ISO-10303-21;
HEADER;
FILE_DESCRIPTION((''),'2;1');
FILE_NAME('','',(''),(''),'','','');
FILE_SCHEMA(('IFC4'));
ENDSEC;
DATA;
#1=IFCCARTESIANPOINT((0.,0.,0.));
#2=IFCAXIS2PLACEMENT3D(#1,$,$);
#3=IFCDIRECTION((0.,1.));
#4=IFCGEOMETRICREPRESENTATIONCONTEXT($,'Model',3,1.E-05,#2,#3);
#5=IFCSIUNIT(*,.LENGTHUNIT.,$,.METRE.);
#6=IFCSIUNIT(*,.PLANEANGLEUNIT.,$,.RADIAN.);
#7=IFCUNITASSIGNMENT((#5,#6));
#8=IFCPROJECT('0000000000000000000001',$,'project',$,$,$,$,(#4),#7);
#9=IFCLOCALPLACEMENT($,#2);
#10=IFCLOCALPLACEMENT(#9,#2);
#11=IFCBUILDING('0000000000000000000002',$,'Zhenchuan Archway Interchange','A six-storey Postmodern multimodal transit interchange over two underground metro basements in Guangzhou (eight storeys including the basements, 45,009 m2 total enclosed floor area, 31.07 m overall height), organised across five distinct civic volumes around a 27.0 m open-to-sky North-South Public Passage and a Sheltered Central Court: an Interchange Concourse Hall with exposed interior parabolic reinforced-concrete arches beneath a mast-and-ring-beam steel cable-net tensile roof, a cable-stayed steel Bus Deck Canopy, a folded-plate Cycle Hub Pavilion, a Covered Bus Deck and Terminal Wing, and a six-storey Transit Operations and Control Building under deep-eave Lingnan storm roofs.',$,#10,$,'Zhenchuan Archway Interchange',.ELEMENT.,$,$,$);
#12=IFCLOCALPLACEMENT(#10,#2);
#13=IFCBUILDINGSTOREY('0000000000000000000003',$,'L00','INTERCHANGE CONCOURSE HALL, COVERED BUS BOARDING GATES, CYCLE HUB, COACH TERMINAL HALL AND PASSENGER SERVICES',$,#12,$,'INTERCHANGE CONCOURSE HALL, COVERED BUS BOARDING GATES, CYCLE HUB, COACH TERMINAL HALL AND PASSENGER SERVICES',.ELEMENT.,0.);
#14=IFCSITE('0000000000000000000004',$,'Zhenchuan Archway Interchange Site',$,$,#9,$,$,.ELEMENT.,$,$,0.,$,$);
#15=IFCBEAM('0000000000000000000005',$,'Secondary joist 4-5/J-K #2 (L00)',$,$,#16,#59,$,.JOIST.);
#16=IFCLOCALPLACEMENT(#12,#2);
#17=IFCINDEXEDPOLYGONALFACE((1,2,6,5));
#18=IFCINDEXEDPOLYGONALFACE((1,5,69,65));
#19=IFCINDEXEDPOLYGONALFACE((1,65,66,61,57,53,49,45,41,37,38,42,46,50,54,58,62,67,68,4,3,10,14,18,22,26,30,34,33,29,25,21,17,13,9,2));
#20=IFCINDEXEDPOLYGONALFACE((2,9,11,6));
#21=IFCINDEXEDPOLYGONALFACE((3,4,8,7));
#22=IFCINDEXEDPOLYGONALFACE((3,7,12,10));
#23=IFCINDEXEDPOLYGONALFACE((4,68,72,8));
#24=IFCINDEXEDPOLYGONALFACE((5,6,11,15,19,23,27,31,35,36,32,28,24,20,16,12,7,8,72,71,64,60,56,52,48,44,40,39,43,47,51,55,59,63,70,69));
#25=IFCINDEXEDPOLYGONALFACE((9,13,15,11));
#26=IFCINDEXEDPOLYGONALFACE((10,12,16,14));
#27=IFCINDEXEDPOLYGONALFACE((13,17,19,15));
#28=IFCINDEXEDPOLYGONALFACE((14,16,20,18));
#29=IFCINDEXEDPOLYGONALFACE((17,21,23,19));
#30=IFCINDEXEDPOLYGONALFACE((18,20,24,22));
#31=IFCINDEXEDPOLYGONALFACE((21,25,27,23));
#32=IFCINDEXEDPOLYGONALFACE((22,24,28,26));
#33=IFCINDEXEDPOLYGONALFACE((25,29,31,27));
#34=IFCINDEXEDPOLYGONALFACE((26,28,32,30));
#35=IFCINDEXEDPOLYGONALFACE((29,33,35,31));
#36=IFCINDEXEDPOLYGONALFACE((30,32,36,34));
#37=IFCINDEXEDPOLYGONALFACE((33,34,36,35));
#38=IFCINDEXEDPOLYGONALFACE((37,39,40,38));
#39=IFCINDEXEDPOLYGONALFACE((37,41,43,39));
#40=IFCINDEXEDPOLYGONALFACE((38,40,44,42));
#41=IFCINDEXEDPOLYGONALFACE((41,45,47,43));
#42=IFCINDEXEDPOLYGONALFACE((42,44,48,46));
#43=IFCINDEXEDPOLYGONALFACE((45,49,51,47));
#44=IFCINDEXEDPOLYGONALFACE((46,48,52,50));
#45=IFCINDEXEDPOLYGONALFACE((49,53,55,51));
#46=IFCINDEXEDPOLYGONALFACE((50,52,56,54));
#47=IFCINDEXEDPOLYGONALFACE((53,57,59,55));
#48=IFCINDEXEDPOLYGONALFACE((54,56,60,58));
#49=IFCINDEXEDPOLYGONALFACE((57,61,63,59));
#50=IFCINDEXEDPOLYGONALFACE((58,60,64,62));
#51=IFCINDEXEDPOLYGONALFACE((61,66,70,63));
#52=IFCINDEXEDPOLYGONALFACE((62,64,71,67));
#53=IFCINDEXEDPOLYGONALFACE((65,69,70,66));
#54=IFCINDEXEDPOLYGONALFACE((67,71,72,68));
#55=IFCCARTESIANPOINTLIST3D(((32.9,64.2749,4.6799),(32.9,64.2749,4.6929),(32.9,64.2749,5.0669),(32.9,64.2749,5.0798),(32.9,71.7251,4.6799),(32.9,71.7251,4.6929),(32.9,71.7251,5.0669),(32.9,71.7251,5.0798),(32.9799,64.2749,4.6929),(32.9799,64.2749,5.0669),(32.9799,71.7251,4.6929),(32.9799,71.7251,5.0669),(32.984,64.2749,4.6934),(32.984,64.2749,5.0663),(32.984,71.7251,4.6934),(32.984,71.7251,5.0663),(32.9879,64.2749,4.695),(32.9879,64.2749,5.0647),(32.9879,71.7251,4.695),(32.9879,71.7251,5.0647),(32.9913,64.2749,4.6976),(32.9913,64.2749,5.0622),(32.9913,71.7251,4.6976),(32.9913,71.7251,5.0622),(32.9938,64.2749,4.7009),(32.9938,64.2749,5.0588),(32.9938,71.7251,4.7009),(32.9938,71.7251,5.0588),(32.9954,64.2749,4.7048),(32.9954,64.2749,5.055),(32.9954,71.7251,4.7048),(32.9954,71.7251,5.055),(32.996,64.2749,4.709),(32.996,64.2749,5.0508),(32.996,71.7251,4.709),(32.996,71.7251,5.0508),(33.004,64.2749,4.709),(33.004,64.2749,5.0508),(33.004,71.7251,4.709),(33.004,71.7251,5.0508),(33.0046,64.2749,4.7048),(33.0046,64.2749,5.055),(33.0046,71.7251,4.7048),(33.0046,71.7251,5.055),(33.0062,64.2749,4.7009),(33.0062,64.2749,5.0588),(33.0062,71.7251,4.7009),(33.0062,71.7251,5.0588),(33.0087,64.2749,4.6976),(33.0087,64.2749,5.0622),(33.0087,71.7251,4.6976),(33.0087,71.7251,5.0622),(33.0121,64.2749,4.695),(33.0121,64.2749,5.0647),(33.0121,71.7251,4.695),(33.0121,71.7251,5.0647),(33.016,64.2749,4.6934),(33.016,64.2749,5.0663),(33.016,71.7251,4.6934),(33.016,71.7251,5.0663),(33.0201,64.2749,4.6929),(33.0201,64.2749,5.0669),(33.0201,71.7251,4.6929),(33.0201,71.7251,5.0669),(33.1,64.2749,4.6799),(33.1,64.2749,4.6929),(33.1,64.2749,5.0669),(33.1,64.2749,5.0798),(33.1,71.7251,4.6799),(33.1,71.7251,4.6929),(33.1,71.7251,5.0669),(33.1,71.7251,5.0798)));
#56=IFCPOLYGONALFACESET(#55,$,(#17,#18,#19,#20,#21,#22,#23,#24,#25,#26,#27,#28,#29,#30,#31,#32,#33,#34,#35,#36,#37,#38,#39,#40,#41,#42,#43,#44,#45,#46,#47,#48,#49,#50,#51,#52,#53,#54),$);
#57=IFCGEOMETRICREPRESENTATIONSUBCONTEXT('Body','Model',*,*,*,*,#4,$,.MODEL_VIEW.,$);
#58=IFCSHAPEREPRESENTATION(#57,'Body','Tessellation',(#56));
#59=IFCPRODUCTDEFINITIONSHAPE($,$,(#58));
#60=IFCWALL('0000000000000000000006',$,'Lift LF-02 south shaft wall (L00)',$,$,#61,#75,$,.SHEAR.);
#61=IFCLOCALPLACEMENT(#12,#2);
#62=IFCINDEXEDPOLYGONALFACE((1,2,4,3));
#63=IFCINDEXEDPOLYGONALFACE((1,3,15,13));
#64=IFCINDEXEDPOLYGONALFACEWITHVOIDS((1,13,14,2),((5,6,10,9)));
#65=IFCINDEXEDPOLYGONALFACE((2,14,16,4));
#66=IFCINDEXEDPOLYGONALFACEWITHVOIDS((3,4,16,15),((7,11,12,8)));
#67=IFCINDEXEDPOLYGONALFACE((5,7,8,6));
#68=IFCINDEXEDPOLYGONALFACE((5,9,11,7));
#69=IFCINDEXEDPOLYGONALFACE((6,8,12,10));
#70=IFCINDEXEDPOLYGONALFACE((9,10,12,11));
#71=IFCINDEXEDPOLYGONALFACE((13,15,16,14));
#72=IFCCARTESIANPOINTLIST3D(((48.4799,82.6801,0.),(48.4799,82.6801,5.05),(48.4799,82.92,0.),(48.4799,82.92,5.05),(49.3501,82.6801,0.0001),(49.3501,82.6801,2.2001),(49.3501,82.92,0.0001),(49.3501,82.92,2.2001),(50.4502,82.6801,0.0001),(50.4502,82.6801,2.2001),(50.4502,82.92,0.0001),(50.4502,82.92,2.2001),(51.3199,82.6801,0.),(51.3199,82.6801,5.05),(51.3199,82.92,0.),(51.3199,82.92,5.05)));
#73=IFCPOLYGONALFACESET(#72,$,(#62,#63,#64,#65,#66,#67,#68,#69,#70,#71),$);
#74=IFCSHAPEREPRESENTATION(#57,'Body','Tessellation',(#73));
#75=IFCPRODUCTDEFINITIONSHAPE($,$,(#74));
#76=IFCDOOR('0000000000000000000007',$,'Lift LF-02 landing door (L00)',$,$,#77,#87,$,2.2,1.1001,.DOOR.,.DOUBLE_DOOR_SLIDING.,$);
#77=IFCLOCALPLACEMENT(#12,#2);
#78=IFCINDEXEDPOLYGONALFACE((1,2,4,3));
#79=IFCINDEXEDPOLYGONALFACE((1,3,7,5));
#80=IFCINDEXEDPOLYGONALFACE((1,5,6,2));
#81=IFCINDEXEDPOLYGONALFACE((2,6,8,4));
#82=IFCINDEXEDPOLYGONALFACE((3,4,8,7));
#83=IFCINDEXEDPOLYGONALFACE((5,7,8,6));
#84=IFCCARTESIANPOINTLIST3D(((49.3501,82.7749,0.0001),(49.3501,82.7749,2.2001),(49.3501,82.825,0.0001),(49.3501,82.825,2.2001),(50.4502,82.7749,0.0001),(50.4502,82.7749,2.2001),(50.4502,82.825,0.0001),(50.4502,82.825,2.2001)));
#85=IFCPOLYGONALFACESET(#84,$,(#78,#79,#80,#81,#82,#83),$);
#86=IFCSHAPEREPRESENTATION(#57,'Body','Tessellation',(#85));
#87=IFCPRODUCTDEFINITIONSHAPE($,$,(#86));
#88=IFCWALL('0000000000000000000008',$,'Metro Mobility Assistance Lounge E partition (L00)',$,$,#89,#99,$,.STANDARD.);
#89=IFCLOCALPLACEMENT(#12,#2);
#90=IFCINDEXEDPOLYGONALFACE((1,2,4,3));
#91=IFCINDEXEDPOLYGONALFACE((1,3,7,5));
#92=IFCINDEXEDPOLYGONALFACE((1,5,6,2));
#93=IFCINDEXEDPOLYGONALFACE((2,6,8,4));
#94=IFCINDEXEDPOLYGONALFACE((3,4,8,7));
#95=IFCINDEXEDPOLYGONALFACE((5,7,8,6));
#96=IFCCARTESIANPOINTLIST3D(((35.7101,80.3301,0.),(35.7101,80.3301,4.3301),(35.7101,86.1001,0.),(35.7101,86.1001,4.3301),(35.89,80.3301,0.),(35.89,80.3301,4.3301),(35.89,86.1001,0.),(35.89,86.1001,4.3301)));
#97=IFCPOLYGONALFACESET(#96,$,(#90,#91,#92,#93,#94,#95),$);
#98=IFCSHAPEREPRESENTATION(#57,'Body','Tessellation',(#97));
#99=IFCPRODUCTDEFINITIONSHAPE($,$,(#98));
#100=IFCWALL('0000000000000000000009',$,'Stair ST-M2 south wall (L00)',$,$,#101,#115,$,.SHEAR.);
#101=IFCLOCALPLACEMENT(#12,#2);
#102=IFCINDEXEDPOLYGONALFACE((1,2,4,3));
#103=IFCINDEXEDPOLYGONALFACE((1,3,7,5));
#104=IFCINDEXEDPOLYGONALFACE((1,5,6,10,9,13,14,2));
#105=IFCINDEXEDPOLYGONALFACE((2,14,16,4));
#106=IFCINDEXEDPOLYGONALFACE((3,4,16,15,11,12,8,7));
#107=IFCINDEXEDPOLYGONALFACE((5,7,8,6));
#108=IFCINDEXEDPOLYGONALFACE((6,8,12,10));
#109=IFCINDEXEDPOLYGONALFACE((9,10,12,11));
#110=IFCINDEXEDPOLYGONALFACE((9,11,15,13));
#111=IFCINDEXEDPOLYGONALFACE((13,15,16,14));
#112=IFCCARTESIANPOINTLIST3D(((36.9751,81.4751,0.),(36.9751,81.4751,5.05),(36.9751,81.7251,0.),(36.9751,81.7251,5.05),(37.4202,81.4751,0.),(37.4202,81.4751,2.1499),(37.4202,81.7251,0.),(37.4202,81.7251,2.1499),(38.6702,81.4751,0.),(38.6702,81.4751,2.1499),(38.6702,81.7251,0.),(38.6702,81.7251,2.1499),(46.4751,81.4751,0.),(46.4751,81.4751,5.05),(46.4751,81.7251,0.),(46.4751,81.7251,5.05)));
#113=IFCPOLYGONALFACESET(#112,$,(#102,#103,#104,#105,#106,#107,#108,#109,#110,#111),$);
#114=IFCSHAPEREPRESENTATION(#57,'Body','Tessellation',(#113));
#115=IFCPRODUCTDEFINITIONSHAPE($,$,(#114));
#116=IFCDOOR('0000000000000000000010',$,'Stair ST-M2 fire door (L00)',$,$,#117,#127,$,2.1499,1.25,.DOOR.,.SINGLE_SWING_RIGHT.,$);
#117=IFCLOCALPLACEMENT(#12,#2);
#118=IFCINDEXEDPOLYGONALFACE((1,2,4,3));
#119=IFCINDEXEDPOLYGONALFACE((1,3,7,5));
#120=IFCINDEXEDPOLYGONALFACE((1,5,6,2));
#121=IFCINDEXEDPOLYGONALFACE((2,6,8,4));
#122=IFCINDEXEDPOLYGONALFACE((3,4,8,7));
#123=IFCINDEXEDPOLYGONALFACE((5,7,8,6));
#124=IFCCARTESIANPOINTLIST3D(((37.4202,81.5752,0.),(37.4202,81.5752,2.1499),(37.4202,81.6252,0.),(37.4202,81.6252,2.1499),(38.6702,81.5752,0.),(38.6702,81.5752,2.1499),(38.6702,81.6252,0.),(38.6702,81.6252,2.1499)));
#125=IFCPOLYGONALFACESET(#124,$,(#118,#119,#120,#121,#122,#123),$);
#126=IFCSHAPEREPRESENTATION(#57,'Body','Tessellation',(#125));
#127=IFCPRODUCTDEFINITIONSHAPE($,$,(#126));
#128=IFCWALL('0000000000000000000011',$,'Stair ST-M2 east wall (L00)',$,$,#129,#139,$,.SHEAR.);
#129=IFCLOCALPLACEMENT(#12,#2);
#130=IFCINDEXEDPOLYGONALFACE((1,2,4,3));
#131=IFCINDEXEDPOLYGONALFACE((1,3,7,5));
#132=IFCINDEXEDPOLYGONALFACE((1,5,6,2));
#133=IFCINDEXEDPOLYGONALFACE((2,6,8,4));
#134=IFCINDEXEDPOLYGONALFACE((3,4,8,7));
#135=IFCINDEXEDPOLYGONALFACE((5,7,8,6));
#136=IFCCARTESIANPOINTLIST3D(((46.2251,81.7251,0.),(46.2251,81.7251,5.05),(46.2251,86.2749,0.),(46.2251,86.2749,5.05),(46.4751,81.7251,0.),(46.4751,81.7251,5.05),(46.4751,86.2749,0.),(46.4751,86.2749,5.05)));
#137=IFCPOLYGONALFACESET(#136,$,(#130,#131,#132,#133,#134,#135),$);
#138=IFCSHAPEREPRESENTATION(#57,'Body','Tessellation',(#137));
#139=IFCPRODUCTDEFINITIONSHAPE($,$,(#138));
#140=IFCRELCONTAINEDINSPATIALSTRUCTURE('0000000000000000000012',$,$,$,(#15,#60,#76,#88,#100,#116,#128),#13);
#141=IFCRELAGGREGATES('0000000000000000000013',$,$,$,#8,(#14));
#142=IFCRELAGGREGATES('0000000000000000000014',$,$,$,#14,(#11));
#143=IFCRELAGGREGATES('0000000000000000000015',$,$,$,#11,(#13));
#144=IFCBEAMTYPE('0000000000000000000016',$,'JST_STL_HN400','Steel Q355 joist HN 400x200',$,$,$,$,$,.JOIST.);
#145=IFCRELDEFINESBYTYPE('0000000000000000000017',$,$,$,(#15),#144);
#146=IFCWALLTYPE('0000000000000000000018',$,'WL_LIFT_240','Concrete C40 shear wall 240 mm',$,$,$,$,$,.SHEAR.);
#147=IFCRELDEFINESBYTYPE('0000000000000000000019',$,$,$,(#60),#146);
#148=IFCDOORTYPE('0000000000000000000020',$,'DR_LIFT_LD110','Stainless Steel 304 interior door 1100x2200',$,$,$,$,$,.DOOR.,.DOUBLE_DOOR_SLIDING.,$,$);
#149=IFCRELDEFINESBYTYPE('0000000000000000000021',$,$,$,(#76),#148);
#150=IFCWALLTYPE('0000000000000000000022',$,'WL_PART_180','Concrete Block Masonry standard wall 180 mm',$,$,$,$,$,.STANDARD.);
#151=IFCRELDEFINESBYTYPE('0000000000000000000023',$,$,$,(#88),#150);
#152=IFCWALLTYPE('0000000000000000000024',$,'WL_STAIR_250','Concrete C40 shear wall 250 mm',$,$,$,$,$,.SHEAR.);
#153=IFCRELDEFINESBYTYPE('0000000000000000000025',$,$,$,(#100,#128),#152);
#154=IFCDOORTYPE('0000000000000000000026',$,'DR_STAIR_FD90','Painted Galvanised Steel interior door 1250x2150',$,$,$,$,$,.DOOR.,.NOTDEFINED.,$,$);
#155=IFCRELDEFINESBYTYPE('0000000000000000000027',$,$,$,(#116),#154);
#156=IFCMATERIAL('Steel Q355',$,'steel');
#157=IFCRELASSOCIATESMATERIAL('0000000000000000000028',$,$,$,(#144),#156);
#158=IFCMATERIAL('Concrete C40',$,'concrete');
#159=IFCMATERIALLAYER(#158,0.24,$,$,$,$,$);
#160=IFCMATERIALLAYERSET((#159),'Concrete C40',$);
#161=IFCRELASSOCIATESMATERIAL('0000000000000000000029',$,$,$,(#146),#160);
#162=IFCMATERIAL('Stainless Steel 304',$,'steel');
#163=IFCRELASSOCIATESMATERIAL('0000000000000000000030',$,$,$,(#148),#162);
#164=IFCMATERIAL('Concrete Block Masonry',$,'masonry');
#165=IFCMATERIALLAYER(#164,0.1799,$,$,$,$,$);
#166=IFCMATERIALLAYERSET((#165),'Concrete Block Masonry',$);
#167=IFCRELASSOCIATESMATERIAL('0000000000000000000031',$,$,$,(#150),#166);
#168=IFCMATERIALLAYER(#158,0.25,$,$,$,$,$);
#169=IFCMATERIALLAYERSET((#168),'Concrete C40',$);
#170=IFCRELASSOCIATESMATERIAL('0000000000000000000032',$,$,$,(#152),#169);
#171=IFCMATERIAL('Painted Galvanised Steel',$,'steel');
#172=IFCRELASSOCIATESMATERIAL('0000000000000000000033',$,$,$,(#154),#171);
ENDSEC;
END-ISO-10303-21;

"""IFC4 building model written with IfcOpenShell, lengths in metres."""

from ifc_helpers import new_model, si_unit, direction, frame, frame_2d, origin, origin_2d, place, context, subcontext, project, spatial, rectangle, i_section, extrude, material, layer, layer_set, material_profile, profile_set, type_object, element, fill, save


model = new_model("IFC4")

# Units and contexts
model_context = context("Model", 3, precision=1e-05, world=origin(), true_north=direction((0.0, 1.0)))
body_context = subcontext(model_context, "Body", "Model", "MODEL_VIEW")
ifc_project = project(units=[si_unit("LENGTHUNIT", "METRE"), si_unit("PLANEANGLEUNIT", "RADIAN")], contexts=[model_context])

# Site, building, storey
site_placement = place(None, origin())
site = spatial("IfcSite", under=ifc_project, at=site_placement, Name="Zhenchuan Archway Interchange Site", CompositionType="ELEMENT", RefElevation=0.0)
building_placement = place(site_placement, origin())
building = spatial("IfcBuilding", under=site, at=building_placement, Name="Zhenchuan Archway Interchange", Description="A six-storey Postmodern multimodal transit interchange over two underground metro basements in Guangzhou (eight storeys including the basements, 45,009 m2 total enclosed floor area, 31.07 m overall height), organised across five distinct civic volumes around a 27.0 m open-to-sky North-South Public Passage and a Sheltered Central Court: an Interchange Concourse Hall with exposed interior parabolic reinforced-concrete arches beneath a mast-and-ring-beam steel cable-net tensile roof, a cable-stayed steel Bus Deck Canopy, a folded-plate Cycle Hub Pavilion, a Covered Bus Deck and Terminal Wing, and a six-storey Transit Operations and Control Building under deep-eave Lingnan storm roofs.", LongName="Zhenchuan Archway Interchange", CompositionType="ELEMENT")
storey_placement = place(building_placement, origin())
storey = spatial("IfcBuildingStorey", under=building, at=storey_placement, Name="L00", Description="INTERCHANGE CONCOURSE HALL, COVERED BUS BOARDING GATES, CYCLE HUB, COACH TERMINAL HALL AND PASSENGER SERVICES", LongName="INTERCHANGE CONCOURSE HALL, COVERED BUS BOARDING GATES, CYCLE HUB, COACH TERMINAL HALL AND PASSENGER SERVICES", CompositionType="ELEMENT", Elevation=0.0)

# Shared definitions
ifc_material_1 = material(Name="Concrete C40", Category="concrete")

# Beam
ifc_material_2 = material(Name="Steel Q355", Category="steel")
ifc_material_profile_1 = material_profile(ifc_material_2, i_section(OverallWidth=0.2, OverallDepth=0.3999, WebThickness=0.0081, FlangeThickness=0.0129, FilletRadius=0.0161, at=origin_2d()), Name="HN 400x200")
ifc_profile_set_1 = profile_set([ifc_material_profile_1], Name="Steel Q355")
beam_type_1 = type_object("IfcBeamType", Name="JST_STL_HN400", Description="Steel Q355 joist HN 400x200", PredefinedType="JOIST", material=ifc_profile_set_1)
beam_1_placement = place(storey_placement, frame((33.0, 64.2749, 4.8799), z_axis=(0.0, 1.0, 0.0), x_axis=(-1.0, 0.0, 0.0)))
element("IfcBeam", 1, at=beam_1_placement, inside=storey, type_object=beam_type_1, Name="Secondary joist 4-5/J-K #2 (L00)", PredefinedType="JOIST", context=body_context, shape_type="SweptSolid", body=[
    extrude(i_section(OverallWidth=0.2, OverallDepth=0.3999, WebThickness=0.0081, FlangeThickness=0.0129, FilletRadius=0.0161, at=origin_2d()), origin(), (0.0, 0.0, 1.0), 7.4502),
])

# Wall, opening, door
ifc_layer_1 = layer(ifc_material_1, 0.24)
ifc_layer_set_1 = layer_set([ifc_layer_1], Name="Concrete C40")
wall_type_1 = type_object("IfcWallType", Name="WL_LIFT_240", Description="Concrete C40 shear wall 240 mm", PredefinedType="SHEAR", material=ifc_layer_set_1)
wall_1_placement = place(storey_placement, frame((48.48, 82.8, 0.0), z_axis=(0.0, 0.0, 1.0), x_axis=(1.0, 0.0, 0.0)))
wall_1 = element("IfcWall", 2, at=wall_1_placement, inside=storey, type_object=wall_type_1, Name="Lift LF-02 south shaft wall (L00)", PredefinedType="SHEAR", context=body_context, shape_type="SweptSolid", body=[
    extrude(rectangle(XDim=2.8401, YDim=0.24, at=frame_2d((1.4199, 0.0))), origin(), (0.0, 0.0, 1.0), 5.05),
])
opening_1_placement = place(wall_1_placement, frame((0.8701, 0.0, 0.0)))
opening_1 = element("IfcOpeningElement", 3, at=opening_1_placement, cuts=wall_1, PredefinedType="OPENING", context=body_context, shape_type="SweptSolid", body=[
    extrude(rectangle(XDim=1.1001, YDim=2.2, at=frame_2d((0.55, 1.1001))), frame((0.0, 0.1318, 0.0), z_axis=(0.0, -1.0, 0.0), x_axis=(1.0, 0.0, 0.0)), (0.0, 0.0, 1.0), 0.2639),
])
ifc_material_3 = material(Name="Stainless Steel 304", Category="steel")
door_type_1 = type_object("IfcDoorType", Name="DR_LIFT_LD110", Description="Stainless Steel 304 interior door 1100x2200", OperationType="DOUBLE_DOOR_SLIDING", PredefinedType="DOOR", material=ifc_material_3)
door_1_placement = place(opening_1_placement, origin())
door_1 = element("IfcDoor", 4, at=door_1_placement, inside=storey, type_object=door_type_1, Name="Lift LF-02 landing door (L00)", OperationType="DOUBLE_DOOR_SLIDING", OverallHeight=2.2, OverallWidth=1.1001, PredefinedType="DOOR", context=body_context, shape_type="SweptSolid", body=[
    extrude(rectangle(XDim=1.1001, YDim=2.2, at=frame_2d((0.55, 1.1001))), frame((0.0, 0.0249, 0.0), z_axis=(0.0, -1.0, 0.0), x_axis=(1.0, 0.0, 0.0)), (0.0, 0.0, 1.0), 0.05),
])
fill(opening_1, door_1)

# Wall
ifc_material_4 = material(Name="Concrete Block Masonry", Category="masonry")
ifc_layer_2 = layer(ifc_material_4, 0.1799)
ifc_layer_set_2 = layer_set([ifc_layer_2], Name="Concrete Block Masonry")
wall_type_2 = type_object("IfcWallType", Name="WL_PART_180", Description="Concrete Block Masonry standard wall 180 mm", PredefinedType="STANDARD", material=ifc_layer_set_2)
wall_2_placement = place(storey_placement, frame((35.8, 80.3301, 0.0), z_axis=(0.0, 0.0, 1.0), x_axis=(0.0, 1.0, 0.0)))
element("IfcWall", 5, at=wall_2_placement, inside=storey, type_object=wall_type_2, Name="Metro Mobility Assistance Lounge E partition (L00)", PredefinedType="STANDARD", context=body_context, shape_type="SweptSolid", body=[
    extrude(rectangle(XDim=5.77, YDim=0.1799, at=frame_2d((2.885, 0.0))), origin(), (0.0, 0.0, 1.0), 4.3301),
])

# Wall, opening, door
ifc_layer_3 = layer(ifc_material_1, 0.25)
ifc_layer_set_3 = layer_set([ifc_layer_3], Name="Concrete C40")
wall_type_3 = type_object("IfcWallType", Name="WL_STAIR_250", Description="Concrete C40 shear wall 250 mm", PredefinedType="SHEAR", material=ifc_layer_set_3)
wall_3_placement = place(storey_placement, frame((36.9751, 81.6001, 0.0), z_axis=(0.0, 0.0, 1.0), x_axis=(1.0, 0.0, 0.0)))
wall_3 = element("IfcWall", 6, at=wall_3_placement, inside=storey, type_object=wall_type_3, Name="Stair ST-M2 south wall (L00)", PredefinedType="SHEAR", context=body_context, shape_type="SweptSolid", body=[
    extrude(rectangle(XDim=9.5, YDim=0.25, at=frame_2d((4.75, 0.0))), origin(), (0.0, 0.0, 1.0), 5.05),
])
opening_2_placement = place(wall_3_placement, frame((0.4451, 0.0, 0.0)))
opening_2 = element("IfcOpeningElement", 7, at=opening_2_placement, cuts=wall_3, PredefinedType="OPENING", context=body_context, shape_type="SweptSolid", body=[
    extrude(rectangle(XDim=1.25, YDim=2.1499, at=frame_2d((0.625, 1.075))), frame((0.0, 0.137, 0.0), z_axis=(0.0, -1.0, 0.0), x_axis=(1.0, 0.0, 0.0)), (0.0, 0.0, 1.0), 0.2739),
])
ifc_material_5 = material(Name="Painted Galvanised Steel", Category="steel")
door_type_2 = type_object("IfcDoorType", Name="DR_STAIR_FD90", Description="Painted Galvanised Steel interior door 1250x2150", OperationType="NOTDEFINED", PredefinedType="DOOR", material=ifc_material_5)
door_2_placement = place(opening_2_placement, frame((1.25, 0.0, 0.0), z_axis=(0.0, 0.0, 1.0), x_axis=(-1.0, 0.0, 0.0)))
door_2 = element("IfcDoor", 8, at=door_2_placement, inside=storey, type_object=door_type_2, Name="Stair ST-M2 fire door (L00)", OperationType="SINGLE_SWING_RIGHT", OverallHeight=2.1499, OverallWidth=1.25, PredefinedType="DOOR", context=body_context, shape_type="SweptSolid", body=[
    extrude(rectangle(XDim=1.25, YDim=2.1499, at=frame_2d((0.625, 1.075))), frame((0.0, 0.0249, 0.0), z_axis=(0.0, -1.0, 0.0), x_axis=(1.0, 0.0, 0.0)), (0.0, 0.0, 1.0), 0.05),
])
fill(opening_2, door_2)

# Wall
wall_4_placement = place(storey_placement, frame((46.3501, 81.7251, 0.0), z_axis=(0.0, 0.0, 1.0), x_axis=(0.0, 1.0, 0.0)))
element("IfcWall", 9, at=wall_4_placement, inside=storey, type_object=wall_type_3, Name="Stair ST-M2 east wall (L00)", PredefinedType="SHEAR", context=body_context, shape_type="SweptSolid", body=[
    extrude(rectangle(XDim=4.5498, YDim=0.25, at=frame_2d((2.2749, 0.0))), origin(), (0.0, 0.0, 1.0), 5.05),
])

save(model, "model.ifc")
